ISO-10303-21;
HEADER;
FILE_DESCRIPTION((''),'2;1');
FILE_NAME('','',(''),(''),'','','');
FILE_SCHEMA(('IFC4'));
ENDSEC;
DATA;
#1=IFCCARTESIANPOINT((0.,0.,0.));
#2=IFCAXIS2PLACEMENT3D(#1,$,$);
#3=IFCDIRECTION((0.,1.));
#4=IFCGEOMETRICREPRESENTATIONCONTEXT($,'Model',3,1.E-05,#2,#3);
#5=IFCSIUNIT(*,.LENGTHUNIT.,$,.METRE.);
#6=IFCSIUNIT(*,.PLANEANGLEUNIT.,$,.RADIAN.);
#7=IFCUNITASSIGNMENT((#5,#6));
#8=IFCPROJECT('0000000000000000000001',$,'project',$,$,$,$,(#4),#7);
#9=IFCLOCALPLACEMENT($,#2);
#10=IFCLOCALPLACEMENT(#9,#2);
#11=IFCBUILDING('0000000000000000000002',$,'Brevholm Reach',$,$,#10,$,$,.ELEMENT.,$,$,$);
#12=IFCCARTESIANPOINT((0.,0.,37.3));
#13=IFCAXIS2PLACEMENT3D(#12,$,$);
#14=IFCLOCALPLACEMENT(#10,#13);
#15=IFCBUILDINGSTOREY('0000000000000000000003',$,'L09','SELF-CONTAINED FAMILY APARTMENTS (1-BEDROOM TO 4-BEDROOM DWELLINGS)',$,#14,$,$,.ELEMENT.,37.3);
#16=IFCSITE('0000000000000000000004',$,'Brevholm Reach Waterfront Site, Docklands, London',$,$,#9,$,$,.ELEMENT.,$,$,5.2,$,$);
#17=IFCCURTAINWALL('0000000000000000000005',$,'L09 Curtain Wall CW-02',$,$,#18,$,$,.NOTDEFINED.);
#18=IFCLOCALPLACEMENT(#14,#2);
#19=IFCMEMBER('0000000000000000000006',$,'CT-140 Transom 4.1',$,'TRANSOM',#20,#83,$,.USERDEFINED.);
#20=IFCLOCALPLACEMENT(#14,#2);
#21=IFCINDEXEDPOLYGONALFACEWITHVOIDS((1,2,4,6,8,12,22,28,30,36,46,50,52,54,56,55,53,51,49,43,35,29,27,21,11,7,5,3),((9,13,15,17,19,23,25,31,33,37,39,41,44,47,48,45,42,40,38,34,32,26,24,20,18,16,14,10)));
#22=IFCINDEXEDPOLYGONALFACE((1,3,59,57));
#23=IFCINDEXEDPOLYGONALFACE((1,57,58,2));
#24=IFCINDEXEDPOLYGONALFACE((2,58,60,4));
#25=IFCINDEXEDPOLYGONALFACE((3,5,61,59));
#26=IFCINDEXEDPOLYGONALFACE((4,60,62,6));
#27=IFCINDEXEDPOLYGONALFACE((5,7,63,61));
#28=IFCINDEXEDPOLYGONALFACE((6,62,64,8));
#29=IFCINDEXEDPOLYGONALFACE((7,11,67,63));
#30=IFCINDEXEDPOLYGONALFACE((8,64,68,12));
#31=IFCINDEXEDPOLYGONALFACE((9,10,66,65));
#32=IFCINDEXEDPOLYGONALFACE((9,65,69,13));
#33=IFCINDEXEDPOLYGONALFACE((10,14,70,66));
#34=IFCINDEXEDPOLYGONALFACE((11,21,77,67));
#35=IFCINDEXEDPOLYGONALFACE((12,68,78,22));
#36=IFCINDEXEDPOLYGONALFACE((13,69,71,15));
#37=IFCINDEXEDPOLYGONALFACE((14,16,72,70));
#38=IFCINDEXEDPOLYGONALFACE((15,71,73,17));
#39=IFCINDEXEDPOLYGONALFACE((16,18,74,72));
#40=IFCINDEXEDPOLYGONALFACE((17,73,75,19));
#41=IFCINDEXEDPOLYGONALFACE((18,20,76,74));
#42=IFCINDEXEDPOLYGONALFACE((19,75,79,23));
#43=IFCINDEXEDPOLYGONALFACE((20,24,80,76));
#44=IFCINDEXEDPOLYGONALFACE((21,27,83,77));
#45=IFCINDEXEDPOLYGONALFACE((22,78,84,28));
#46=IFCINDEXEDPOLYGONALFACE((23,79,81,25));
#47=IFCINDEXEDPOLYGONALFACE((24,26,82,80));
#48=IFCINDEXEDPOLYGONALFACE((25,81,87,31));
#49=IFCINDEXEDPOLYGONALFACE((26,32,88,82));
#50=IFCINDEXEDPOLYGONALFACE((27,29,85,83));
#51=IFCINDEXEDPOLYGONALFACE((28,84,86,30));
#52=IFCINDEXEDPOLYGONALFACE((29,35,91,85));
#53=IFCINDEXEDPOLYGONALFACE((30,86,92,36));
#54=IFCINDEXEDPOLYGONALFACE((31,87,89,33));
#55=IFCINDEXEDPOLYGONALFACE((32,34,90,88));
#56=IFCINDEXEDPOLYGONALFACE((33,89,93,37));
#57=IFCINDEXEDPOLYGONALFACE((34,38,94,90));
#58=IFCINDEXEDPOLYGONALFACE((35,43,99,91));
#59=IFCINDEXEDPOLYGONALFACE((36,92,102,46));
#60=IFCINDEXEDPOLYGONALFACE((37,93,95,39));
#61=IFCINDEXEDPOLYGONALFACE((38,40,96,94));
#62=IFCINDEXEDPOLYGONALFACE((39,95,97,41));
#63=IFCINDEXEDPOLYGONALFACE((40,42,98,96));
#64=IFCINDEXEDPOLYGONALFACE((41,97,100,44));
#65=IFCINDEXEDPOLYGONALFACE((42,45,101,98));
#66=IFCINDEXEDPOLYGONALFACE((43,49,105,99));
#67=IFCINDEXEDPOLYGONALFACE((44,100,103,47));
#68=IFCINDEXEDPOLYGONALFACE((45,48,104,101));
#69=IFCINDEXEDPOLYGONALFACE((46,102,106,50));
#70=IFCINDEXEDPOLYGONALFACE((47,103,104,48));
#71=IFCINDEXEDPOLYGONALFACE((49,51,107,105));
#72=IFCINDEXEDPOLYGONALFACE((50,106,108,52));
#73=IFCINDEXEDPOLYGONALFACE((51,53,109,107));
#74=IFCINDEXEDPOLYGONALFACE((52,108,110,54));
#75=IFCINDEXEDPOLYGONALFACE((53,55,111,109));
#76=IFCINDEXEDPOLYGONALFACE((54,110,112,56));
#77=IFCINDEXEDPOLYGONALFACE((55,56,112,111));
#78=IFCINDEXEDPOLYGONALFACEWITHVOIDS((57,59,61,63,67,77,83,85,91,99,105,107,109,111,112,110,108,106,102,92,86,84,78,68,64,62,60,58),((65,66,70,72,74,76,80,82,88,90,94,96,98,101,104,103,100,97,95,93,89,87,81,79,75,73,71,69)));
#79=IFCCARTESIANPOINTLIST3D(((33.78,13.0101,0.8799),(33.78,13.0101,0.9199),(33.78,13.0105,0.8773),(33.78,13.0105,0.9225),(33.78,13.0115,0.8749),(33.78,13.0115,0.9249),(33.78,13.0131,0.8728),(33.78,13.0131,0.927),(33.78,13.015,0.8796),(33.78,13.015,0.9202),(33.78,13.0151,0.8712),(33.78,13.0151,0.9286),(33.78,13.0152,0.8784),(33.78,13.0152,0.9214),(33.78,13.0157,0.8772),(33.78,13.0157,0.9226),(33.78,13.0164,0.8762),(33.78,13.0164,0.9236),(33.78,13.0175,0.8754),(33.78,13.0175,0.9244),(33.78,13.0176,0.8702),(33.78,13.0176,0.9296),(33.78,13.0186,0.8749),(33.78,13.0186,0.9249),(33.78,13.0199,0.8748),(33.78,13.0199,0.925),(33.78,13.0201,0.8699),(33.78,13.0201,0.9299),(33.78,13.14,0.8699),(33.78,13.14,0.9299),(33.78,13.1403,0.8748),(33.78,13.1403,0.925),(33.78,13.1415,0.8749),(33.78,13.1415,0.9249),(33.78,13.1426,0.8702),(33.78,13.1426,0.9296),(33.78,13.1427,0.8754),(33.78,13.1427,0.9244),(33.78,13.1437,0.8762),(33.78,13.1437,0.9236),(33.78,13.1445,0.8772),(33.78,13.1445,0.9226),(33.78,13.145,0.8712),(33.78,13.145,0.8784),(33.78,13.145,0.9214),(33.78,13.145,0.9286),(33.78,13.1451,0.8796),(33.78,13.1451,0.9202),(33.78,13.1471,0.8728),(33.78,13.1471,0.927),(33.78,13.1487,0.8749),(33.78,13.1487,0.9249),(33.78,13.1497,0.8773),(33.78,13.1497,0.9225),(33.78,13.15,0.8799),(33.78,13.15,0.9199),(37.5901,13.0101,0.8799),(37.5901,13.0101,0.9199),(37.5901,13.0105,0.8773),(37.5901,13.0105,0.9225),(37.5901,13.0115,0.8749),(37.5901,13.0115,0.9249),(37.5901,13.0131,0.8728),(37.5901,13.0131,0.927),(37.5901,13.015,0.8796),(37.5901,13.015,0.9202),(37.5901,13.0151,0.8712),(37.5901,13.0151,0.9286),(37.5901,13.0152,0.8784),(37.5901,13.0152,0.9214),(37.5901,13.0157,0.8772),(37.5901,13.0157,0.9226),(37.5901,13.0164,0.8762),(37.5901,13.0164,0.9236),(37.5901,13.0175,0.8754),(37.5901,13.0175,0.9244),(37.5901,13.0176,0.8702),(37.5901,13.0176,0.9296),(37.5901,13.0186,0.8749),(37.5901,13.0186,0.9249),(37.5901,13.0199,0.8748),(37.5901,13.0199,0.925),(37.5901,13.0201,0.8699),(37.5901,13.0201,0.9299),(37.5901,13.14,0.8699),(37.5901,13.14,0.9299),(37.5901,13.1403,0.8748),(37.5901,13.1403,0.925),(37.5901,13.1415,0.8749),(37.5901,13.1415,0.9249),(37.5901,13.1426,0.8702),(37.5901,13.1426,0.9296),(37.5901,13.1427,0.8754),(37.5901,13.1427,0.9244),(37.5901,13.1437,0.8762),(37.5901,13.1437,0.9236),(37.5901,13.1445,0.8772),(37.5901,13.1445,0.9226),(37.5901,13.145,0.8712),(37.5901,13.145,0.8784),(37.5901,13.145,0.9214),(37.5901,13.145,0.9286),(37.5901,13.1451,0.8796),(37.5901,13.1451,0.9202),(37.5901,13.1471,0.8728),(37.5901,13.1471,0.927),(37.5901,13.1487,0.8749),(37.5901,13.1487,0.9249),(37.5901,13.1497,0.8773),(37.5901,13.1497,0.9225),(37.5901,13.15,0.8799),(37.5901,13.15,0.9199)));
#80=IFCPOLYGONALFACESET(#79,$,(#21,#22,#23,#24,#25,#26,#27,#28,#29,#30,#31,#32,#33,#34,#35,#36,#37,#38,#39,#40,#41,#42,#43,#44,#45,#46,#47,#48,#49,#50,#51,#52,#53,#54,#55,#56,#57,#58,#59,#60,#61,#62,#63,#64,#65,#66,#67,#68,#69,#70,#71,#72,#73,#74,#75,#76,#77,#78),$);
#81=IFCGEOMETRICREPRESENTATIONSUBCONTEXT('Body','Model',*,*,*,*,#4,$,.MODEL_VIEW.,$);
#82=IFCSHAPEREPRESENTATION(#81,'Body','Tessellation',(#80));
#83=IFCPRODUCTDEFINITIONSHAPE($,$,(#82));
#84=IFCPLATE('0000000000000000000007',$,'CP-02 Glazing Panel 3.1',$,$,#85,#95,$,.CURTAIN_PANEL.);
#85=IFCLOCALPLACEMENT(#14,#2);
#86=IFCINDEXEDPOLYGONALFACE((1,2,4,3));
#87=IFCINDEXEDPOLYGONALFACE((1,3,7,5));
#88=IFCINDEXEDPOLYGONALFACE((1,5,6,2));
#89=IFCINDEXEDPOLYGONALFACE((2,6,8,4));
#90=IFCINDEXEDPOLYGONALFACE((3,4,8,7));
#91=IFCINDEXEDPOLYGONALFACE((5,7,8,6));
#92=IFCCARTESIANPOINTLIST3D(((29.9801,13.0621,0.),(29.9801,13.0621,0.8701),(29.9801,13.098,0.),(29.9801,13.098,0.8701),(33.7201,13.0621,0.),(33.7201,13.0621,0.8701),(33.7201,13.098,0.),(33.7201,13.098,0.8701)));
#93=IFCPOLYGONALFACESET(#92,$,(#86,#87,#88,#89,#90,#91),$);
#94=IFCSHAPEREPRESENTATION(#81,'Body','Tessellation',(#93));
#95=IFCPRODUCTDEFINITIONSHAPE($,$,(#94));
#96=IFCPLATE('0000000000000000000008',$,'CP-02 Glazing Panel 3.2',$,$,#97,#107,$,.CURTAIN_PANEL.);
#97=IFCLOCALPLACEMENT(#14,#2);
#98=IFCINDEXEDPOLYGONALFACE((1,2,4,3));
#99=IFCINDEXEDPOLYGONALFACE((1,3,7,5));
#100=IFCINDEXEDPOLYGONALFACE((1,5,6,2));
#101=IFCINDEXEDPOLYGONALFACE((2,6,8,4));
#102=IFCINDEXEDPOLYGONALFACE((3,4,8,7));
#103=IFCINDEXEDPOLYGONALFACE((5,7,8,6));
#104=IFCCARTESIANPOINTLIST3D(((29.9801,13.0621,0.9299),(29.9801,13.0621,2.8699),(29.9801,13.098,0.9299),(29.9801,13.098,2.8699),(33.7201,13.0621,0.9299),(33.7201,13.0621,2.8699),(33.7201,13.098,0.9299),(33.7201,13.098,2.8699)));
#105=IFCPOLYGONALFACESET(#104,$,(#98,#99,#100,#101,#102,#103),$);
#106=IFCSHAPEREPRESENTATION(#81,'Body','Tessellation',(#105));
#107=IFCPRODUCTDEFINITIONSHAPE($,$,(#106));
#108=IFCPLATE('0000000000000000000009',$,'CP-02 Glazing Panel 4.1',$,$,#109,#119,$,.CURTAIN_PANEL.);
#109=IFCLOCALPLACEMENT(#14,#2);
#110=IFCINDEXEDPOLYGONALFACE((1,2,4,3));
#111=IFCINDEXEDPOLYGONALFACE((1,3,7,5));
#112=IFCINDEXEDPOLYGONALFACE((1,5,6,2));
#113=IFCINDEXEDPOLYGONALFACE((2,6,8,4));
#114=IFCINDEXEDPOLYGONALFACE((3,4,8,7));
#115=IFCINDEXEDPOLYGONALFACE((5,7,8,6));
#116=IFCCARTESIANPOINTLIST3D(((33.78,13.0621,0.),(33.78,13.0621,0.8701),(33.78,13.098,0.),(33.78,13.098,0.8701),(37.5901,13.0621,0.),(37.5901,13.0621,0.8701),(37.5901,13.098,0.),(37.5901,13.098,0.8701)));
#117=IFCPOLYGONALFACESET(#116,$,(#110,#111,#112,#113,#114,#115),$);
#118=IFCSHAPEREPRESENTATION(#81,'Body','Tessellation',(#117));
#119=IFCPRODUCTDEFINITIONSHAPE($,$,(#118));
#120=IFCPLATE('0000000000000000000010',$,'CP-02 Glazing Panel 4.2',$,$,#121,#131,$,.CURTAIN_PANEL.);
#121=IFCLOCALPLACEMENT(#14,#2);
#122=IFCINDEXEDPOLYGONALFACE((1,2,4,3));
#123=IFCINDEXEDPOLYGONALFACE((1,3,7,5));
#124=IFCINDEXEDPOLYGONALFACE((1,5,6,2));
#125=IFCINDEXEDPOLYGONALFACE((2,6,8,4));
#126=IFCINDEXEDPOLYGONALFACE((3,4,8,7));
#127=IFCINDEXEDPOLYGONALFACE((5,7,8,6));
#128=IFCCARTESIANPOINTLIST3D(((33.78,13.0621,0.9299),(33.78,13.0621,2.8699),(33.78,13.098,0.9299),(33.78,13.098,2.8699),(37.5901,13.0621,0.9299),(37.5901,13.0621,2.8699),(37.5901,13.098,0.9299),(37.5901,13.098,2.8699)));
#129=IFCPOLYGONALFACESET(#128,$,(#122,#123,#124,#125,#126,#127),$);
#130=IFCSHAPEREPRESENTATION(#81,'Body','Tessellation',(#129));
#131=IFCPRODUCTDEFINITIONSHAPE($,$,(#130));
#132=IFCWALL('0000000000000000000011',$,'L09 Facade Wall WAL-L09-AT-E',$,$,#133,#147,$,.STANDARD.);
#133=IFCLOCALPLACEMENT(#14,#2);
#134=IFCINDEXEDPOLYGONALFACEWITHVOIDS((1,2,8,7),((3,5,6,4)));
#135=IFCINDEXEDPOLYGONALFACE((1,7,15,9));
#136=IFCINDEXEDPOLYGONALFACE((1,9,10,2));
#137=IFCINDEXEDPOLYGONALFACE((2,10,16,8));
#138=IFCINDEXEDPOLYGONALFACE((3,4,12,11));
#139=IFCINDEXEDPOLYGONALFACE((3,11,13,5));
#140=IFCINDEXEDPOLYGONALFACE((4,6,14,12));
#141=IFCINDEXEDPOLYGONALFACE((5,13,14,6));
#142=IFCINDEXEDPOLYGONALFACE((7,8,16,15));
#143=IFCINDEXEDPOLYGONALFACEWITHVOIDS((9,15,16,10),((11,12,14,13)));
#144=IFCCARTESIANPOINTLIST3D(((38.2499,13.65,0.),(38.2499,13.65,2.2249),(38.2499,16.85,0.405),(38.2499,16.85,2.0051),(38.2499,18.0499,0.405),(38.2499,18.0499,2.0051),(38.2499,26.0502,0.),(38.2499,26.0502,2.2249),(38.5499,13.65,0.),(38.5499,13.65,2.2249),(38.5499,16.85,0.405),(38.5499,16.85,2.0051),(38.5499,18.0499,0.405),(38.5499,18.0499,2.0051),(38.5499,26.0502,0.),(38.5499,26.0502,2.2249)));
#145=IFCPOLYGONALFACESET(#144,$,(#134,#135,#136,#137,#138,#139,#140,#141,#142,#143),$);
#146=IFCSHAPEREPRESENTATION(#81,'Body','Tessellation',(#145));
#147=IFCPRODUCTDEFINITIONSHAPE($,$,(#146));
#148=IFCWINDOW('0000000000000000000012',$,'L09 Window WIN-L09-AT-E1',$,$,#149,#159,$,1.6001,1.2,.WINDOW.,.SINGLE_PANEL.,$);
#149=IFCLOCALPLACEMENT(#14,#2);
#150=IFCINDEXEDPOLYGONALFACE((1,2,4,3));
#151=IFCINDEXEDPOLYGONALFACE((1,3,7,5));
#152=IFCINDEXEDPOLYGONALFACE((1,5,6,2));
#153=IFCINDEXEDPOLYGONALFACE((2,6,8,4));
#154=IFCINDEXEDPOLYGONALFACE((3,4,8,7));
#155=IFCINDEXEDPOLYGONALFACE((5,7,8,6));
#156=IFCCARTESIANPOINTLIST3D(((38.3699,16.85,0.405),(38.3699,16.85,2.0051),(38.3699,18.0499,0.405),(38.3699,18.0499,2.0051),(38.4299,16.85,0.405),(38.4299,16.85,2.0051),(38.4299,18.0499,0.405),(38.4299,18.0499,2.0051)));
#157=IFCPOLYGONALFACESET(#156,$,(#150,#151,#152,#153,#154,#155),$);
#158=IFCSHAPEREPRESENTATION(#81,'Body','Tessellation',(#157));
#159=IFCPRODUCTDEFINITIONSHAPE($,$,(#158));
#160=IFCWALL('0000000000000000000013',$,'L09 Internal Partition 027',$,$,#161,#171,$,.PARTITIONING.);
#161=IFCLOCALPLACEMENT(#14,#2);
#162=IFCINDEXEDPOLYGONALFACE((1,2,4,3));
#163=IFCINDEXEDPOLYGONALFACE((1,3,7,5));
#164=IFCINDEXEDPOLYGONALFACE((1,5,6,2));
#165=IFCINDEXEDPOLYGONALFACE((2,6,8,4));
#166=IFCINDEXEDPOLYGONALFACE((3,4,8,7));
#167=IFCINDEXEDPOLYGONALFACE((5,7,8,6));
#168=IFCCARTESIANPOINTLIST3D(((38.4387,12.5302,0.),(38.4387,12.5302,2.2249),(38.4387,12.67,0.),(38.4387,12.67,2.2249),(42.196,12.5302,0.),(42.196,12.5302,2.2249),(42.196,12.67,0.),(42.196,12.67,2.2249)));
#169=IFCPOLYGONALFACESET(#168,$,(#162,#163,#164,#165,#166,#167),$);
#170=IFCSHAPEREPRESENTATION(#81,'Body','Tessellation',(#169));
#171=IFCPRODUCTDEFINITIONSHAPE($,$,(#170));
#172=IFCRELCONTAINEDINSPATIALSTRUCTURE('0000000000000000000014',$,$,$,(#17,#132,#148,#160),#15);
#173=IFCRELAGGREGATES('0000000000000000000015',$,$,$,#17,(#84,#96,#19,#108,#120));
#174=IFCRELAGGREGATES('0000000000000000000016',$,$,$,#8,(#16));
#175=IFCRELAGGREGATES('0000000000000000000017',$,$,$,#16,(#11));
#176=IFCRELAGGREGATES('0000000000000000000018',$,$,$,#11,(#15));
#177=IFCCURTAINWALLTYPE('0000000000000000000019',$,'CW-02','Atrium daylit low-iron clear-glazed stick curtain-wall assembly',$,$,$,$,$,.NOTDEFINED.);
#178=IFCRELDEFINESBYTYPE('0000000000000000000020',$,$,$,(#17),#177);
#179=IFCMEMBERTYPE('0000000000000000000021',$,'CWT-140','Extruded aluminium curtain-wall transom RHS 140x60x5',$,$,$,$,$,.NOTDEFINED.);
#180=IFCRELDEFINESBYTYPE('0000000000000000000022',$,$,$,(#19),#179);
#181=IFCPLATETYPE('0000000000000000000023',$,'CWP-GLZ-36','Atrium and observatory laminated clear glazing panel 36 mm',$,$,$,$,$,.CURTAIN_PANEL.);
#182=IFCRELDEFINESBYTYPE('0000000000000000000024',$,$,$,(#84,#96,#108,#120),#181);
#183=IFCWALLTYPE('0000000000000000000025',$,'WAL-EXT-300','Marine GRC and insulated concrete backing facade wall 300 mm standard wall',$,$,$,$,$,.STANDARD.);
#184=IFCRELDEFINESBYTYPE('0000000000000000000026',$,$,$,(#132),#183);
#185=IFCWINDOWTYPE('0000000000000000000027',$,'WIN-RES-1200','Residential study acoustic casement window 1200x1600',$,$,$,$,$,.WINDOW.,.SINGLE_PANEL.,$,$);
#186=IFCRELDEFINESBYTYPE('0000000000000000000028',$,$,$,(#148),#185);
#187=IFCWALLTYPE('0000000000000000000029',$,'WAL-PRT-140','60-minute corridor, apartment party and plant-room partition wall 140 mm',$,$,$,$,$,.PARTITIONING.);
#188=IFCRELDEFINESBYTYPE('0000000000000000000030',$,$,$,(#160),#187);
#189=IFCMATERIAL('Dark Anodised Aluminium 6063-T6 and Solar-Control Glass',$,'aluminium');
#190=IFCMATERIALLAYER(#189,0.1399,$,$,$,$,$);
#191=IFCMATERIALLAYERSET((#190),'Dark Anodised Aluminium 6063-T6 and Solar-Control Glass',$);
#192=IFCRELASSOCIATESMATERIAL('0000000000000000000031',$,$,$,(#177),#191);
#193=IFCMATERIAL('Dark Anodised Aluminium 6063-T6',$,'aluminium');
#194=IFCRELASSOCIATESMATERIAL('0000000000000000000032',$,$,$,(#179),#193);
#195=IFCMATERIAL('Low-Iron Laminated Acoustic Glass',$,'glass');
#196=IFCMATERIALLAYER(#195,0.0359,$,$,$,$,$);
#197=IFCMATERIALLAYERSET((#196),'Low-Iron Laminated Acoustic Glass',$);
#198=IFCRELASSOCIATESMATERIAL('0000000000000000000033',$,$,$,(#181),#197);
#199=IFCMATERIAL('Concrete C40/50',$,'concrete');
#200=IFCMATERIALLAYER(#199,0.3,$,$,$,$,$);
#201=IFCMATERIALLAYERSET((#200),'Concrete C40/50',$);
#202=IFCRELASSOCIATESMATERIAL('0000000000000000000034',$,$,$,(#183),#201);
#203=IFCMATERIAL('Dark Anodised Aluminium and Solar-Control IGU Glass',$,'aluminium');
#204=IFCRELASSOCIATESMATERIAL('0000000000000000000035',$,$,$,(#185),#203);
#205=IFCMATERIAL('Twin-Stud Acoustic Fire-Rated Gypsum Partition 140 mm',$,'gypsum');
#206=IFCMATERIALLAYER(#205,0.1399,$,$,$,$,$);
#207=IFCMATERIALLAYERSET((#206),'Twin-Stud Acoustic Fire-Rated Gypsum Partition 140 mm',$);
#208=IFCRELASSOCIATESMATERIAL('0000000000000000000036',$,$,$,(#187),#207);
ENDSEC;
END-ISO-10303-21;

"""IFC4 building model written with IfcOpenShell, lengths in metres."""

from ifc_helpers import new_model, si_unit, direction, frame, frame_2d, origin, origin_2d, place, context, subcontext, project, spatial, rectangle, hollow_rectangle, extrude, material, layer, layer_set, material_profile, profile_set, type_object, element, fill, aggregate, save


model = new_model("IFC4")

# Units and contexts
model_context = context("Model", 3, precision=1e-05, world=origin(), true_north=direction((0.0, 1.0)))
body_context = subcontext(model_context, "Body", "Model", "MODEL_VIEW")
ifc_project = project(units=[si_unit("LENGTHUNIT", "METRE"), si_unit("PLANEANGLEUNIT", "RADIAN")], contexts=[model_context])

# Site, building, storey
site_placement = place(None, origin())
site = spatial("IfcSite", under=ifc_project, at=site_placement, Name="Brevholm Reach Waterfront Site, Docklands, London", CompositionType="ELEMENT", RefElevation=5.2)
building_placement = place(site_placement, origin())
building = spatial("IfcBuilding", under=site, at=building_placement, Name="Brevholm Reach", CompositionType="ELEMENT")
storey_placement = place(building_placement, frame((0.0, 0.0, 37.3)))
storey = spatial("IfcBuildingStorey", under=building, at=storey_placement, Name="L09", Description="SELF-CONTAINED FAMILY APARTMENTS (1-BEDROOM TO 4-BEDROOM DWELLINGS)", CompositionType="ELEMENT", Elevation=37.3)

# Curtain wall, member, plates
ifc_material_1 = material(Name="Dark Anodised Aluminium 6063-T6 and Solar-Control Glass", Category="aluminium")
ifc_layer_1 = layer(ifc_material_1, 0.1399)
ifc_layer_set_1 = layer_set([ifc_layer_1], Name="Dark Anodised Aluminium 6063-T6 and Solar-Control Glass")
curtain_wall_type = type_object("IfcCurtainWallType", Name="CW-02", Description="Atrium daylit low-iron clear-glazed stick curtain-wall assembly", PredefinedType="NOTDEFINED", material=ifc_layer_set_1)
curtain_wall_placement = place(storey_placement, origin())
curtain_wall = element("IfcCurtainWall", 1, at=curtain_wall_placement, inside=storey, type_object=curtain_wall_type, Name="L09 Curtain Wall CW-02", PredefinedType="NOTDEFINED")
ifc_material_2 = material(Name="Dark Anodised Aluminium 6063-T6", Category="aluminium")
ifc_material_profile_1 = material_profile(ifc_material_2, hollow_rectangle(XDim=0.0601, YDim=0.1399, WallThickness=0.0049, InnerFilletRadius=0.0049, OuterFilletRadius=0.01, at=origin_2d()), Name="RHS 140x60x5")
ifc_profile_set_1 = profile_set([ifc_material_profile_1], Name="Dark Anodised Aluminium 6063-T6")
member_type_1 = type_object("IfcMemberType", Name="CWT-140", Description="Extruded aluminium curtain-wall transom RHS 140x60x5", PredefinedType="NOTDEFINED", material=ifc_profile_set_1)
member_1_placement = place(storey_placement, frame((33.78, 13.0801, 0.8999), z_axis=(1.0, 0.0, 0.0), x_axis=(0.0, 0.0, 1.0)))
member_1 = element("IfcMember", 2, at=member_1_placement, type_object=member_type_1, Name="CT-140 Transom 4.1", ObjectType="TRANSOM", PredefinedType="USERDEFINED", context=body_context, shape_type="SweptSolid", body=[
    extrude(hollow_rectangle(XDim=0.0601, YDim=0.1399, WallThickness=0.0049, InnerFilletRadius=0.0049, OuterFilletRadius=0.01, at=origin_2d()), origin(), (0.0, 0.0, 1.0), 3.8101),
])
ifc_material_3 = material(Name="Low-Iron Laminated Acoustic Glass", Category="glass")
ifc_layer_2 = layer(ifc_material_3, 0.0359)
ifc_layer_set_2 = layer_set([ifc_layer_2], Name="Low-Iron Laminated Acoustic Glass")
plate_type = type_object("IfcPlateType", Name="CWP-GLZ-36", Description="Atrium and observatory laminated clear glazing panel 36 mm", PredefinedType="CURTAIN_PANEL", material=ifc_layer_set_2)
plate_1_placement = place(storey_placement, frame((31.8501, 13.0801, 0.0), z_axis=(0.0, 0.0, 1.0), x_axis=(1.0, 0.0, 0.0)))
plate_1 = element("IfcPlate", 3, at=plate_1_placement, type_object=plate_type, Name="CP-02 Glazing Panel 3.1", PredefinedType="CURTAIN_PANEL", context=body_context, shape_type="SweptSolid", body=[
    extrude(rectangle(XDim=3.74, YDim=0.0359, at=origin_2d()), origin(), (0.0, 0.0, 1.0), 0.8701),
])
plate_2_placement = place(storey_placement, frame((31.8501, 13.0801, 0.9299), z_axis=(0.0, 0.0, 1.0), x_axis=(1.0, 0.0, 0.0)))
plate_2 = element("IfcPlate", 4, at=plate_2_placement, type_object=plate_type, Name="CP-02 Glazing Panel 3.2", PredefinedType="CURTAIN_PANEL", context=body_context, shape_type="SweptSolid", body=[
    extrude(rectangle(XDim=3.74, YDim=0.0359, at=origin_2d()), origin(), (0.0, 0.0, 1.0), 1.9399),
])
plate_3_placement = place(storey_placement, frame((35.6851, 13.0801, 0.0), z_axis=(0.0, 0.0, 1.0), x_axis=(1.0, 0.0, 0.0)))
plate_3 = element("IfcPlate", 5, at=plate_3_placement, type_object=plate_type, Name="CP-02 Glazing Panel 4.1", PredefinedType="CURTAIN_PANEL", context=body_context, shape_type="SweptSolid", body=[
    extrude(rectangle(XDim=3.8101, YDim=0.0359, at=origin_2d()), origin(), (0.0, 0.0, 1.0), 0.8701),
])
plate_4_placement = place(storey_placement, frame((35.6851, 13.0801, 0.9299), z_axis=(0.0, 0.0, 1.0), x_axis=(1.0, 0.0, 0.0)))
plate_4 = element("IfcPlate", 6, at=plate_4_placement, type_object=plate_type, Name="CP-02 Glazing Panel 4.2", PredefinedType="CURTAIN_PANEL", context=body_context, shape_type="SweptSolid", body=[
    extrude(rectangle(XDim=3.8101, YDim=0.0359, at=origin_2d()), origin(), (0.0, 0.0, 1.0), 1.9399),
])
aggregate(curtain_wall, [plate_1, plate_2, member_1, plate_3, plate_4])

# Wall, opening, window
ifc_material_4 = material(Name="Concrete C40/50", Category="concrete")
ifc_layer_3 = layer(ifc_material_4, 0.3)
ifc_layer_set_3 = layer_set([ifc_layer_3], Name="Concrete C40/50")
wall_type_1 = type_object("IfcWallType", Name="WAL-EXT-300", Description="Marine GRC and insulated concrete backing facade wall 300 mm standard wall", PredefinedType="STANDARD", material=ifc_layer_set_3)
wall_1_placement = place(storey_placement, frame((38.3999, 13.6499, 0.0), z_axis=(0.0, 0.0, 1.0), x_axis=(0.0, 1.0, 0.0)))
wall_1 = element("IfcWall", 7, at=wall_1_placement, inside=storey, type_object=wall_type_1, Name="L09 Facade Wall WAL-L09-AT-E", PredefinedType="STANDARD", context=body_context, shape_type="SweptSolid", body=[
    extrude(rectangle(XDim=12.4001, YDim=0.3, at=frame_2d((6.2002, 0.0))), origin(), (0.0, 0.0, 1.0), 2.2249),
])
opening_placement = place(wall_1_placement, frame((3.2, 0.0, 0.405)))
opening = element("IfcOpeningElement", 8, at=opening_placement, cuts=wall_1, PredefinedType="OPENING", context=body_context, shape_type="SweptSolid", body=[
    extrude(rectangle(XDim=1.2, YDim=1.6001, at=frame_2d((0.6001, 0.8))), frame((0.0, 0.1599, 0.0), z_axis=(0.0, -1.0, 0.0), x_axis=(1.0, 0.0, 0.0)), (0.0, 0.0, 1.0), 0.3201),
])
ifc_material_5 = material(Name="Dark Anodised Aluminium and Solar-Control IGU Glass", Category="aluminium")
window_type = type_object("IfcWindowType", Name="WIN-RES-1200", Description="Residential study acoustic casement window 1200x1600", PartitioningType="SINGLE_PANEL", PredefinedType="WINDOW", material=ifc_material_5)
window_placement = place(opening_placement, origin())
window = element("IfcWindow", 9, at=window_placement, inside=storey, type_object=window_type, Name="L09 Window WIN-L09-AT-E1", OverallHeight=1.6001, OverallWidth=1.2, PartitioningType="SINGLE_PANEL", PredefinedType="WINDOW", context=body_context, shape_type="SweptSolid", body=[
    extrude(rectangle(XDim=1.2, YDim=1.6001, at=frame_2d((0.6001, 0.8))), frame((0.0, 0.03, 0.0), z_axis=(0.0, -1.0, 0.0), x_axis=(1.0, 0.0, 0.0)), (0.0, 0.0, 1.0), 0.0601),
])
fill(opening, window)

# Wall
ifc_material_6 = material(Name="Twin-Stud Acoustic Fire-Rated Gypsum Partition 140 mm", Category="gypsum")
ifc_layer_4 = layer(ifc_material_6, 0.1399)
ifc_layer_set_4 = layer_set([ifc_layer_4], Name="Twin-Stud Acoustic Fire-Rated Gypsum Partition 140 mm")
wall_type_2 = type_object("IfcWallType", Name="WAL-PRT-140", Description="60-minute corridor, apartment party and plant-room partition wall 140 mm", PredefinedType="PARTITIONING", material=ifc_layer_set_4)
wall_2_placement = place(storey_placement, frame((38.4387, 12.6001, 0.0), z_axis=(0.0, 0.0, 1.0), x_axis=(1.0, 0.0, 0.0)))
element("IfcWall", 10, at=wall_2_placement, inside=storey, type_object=wall_type_2, Name="L09 Internal Partition 027", PredefinedType="PARTITIONING", context=body_context, shape_type="SweptSolid", body=[
    extrude(rectangle(XDim=3.7573, YDim=0.1399, at=frame_2d((1.8787, 0.0))), origin(), (0.0, 0.0, 1.0), 2.2249),
])

save(model, "model.ifc")
